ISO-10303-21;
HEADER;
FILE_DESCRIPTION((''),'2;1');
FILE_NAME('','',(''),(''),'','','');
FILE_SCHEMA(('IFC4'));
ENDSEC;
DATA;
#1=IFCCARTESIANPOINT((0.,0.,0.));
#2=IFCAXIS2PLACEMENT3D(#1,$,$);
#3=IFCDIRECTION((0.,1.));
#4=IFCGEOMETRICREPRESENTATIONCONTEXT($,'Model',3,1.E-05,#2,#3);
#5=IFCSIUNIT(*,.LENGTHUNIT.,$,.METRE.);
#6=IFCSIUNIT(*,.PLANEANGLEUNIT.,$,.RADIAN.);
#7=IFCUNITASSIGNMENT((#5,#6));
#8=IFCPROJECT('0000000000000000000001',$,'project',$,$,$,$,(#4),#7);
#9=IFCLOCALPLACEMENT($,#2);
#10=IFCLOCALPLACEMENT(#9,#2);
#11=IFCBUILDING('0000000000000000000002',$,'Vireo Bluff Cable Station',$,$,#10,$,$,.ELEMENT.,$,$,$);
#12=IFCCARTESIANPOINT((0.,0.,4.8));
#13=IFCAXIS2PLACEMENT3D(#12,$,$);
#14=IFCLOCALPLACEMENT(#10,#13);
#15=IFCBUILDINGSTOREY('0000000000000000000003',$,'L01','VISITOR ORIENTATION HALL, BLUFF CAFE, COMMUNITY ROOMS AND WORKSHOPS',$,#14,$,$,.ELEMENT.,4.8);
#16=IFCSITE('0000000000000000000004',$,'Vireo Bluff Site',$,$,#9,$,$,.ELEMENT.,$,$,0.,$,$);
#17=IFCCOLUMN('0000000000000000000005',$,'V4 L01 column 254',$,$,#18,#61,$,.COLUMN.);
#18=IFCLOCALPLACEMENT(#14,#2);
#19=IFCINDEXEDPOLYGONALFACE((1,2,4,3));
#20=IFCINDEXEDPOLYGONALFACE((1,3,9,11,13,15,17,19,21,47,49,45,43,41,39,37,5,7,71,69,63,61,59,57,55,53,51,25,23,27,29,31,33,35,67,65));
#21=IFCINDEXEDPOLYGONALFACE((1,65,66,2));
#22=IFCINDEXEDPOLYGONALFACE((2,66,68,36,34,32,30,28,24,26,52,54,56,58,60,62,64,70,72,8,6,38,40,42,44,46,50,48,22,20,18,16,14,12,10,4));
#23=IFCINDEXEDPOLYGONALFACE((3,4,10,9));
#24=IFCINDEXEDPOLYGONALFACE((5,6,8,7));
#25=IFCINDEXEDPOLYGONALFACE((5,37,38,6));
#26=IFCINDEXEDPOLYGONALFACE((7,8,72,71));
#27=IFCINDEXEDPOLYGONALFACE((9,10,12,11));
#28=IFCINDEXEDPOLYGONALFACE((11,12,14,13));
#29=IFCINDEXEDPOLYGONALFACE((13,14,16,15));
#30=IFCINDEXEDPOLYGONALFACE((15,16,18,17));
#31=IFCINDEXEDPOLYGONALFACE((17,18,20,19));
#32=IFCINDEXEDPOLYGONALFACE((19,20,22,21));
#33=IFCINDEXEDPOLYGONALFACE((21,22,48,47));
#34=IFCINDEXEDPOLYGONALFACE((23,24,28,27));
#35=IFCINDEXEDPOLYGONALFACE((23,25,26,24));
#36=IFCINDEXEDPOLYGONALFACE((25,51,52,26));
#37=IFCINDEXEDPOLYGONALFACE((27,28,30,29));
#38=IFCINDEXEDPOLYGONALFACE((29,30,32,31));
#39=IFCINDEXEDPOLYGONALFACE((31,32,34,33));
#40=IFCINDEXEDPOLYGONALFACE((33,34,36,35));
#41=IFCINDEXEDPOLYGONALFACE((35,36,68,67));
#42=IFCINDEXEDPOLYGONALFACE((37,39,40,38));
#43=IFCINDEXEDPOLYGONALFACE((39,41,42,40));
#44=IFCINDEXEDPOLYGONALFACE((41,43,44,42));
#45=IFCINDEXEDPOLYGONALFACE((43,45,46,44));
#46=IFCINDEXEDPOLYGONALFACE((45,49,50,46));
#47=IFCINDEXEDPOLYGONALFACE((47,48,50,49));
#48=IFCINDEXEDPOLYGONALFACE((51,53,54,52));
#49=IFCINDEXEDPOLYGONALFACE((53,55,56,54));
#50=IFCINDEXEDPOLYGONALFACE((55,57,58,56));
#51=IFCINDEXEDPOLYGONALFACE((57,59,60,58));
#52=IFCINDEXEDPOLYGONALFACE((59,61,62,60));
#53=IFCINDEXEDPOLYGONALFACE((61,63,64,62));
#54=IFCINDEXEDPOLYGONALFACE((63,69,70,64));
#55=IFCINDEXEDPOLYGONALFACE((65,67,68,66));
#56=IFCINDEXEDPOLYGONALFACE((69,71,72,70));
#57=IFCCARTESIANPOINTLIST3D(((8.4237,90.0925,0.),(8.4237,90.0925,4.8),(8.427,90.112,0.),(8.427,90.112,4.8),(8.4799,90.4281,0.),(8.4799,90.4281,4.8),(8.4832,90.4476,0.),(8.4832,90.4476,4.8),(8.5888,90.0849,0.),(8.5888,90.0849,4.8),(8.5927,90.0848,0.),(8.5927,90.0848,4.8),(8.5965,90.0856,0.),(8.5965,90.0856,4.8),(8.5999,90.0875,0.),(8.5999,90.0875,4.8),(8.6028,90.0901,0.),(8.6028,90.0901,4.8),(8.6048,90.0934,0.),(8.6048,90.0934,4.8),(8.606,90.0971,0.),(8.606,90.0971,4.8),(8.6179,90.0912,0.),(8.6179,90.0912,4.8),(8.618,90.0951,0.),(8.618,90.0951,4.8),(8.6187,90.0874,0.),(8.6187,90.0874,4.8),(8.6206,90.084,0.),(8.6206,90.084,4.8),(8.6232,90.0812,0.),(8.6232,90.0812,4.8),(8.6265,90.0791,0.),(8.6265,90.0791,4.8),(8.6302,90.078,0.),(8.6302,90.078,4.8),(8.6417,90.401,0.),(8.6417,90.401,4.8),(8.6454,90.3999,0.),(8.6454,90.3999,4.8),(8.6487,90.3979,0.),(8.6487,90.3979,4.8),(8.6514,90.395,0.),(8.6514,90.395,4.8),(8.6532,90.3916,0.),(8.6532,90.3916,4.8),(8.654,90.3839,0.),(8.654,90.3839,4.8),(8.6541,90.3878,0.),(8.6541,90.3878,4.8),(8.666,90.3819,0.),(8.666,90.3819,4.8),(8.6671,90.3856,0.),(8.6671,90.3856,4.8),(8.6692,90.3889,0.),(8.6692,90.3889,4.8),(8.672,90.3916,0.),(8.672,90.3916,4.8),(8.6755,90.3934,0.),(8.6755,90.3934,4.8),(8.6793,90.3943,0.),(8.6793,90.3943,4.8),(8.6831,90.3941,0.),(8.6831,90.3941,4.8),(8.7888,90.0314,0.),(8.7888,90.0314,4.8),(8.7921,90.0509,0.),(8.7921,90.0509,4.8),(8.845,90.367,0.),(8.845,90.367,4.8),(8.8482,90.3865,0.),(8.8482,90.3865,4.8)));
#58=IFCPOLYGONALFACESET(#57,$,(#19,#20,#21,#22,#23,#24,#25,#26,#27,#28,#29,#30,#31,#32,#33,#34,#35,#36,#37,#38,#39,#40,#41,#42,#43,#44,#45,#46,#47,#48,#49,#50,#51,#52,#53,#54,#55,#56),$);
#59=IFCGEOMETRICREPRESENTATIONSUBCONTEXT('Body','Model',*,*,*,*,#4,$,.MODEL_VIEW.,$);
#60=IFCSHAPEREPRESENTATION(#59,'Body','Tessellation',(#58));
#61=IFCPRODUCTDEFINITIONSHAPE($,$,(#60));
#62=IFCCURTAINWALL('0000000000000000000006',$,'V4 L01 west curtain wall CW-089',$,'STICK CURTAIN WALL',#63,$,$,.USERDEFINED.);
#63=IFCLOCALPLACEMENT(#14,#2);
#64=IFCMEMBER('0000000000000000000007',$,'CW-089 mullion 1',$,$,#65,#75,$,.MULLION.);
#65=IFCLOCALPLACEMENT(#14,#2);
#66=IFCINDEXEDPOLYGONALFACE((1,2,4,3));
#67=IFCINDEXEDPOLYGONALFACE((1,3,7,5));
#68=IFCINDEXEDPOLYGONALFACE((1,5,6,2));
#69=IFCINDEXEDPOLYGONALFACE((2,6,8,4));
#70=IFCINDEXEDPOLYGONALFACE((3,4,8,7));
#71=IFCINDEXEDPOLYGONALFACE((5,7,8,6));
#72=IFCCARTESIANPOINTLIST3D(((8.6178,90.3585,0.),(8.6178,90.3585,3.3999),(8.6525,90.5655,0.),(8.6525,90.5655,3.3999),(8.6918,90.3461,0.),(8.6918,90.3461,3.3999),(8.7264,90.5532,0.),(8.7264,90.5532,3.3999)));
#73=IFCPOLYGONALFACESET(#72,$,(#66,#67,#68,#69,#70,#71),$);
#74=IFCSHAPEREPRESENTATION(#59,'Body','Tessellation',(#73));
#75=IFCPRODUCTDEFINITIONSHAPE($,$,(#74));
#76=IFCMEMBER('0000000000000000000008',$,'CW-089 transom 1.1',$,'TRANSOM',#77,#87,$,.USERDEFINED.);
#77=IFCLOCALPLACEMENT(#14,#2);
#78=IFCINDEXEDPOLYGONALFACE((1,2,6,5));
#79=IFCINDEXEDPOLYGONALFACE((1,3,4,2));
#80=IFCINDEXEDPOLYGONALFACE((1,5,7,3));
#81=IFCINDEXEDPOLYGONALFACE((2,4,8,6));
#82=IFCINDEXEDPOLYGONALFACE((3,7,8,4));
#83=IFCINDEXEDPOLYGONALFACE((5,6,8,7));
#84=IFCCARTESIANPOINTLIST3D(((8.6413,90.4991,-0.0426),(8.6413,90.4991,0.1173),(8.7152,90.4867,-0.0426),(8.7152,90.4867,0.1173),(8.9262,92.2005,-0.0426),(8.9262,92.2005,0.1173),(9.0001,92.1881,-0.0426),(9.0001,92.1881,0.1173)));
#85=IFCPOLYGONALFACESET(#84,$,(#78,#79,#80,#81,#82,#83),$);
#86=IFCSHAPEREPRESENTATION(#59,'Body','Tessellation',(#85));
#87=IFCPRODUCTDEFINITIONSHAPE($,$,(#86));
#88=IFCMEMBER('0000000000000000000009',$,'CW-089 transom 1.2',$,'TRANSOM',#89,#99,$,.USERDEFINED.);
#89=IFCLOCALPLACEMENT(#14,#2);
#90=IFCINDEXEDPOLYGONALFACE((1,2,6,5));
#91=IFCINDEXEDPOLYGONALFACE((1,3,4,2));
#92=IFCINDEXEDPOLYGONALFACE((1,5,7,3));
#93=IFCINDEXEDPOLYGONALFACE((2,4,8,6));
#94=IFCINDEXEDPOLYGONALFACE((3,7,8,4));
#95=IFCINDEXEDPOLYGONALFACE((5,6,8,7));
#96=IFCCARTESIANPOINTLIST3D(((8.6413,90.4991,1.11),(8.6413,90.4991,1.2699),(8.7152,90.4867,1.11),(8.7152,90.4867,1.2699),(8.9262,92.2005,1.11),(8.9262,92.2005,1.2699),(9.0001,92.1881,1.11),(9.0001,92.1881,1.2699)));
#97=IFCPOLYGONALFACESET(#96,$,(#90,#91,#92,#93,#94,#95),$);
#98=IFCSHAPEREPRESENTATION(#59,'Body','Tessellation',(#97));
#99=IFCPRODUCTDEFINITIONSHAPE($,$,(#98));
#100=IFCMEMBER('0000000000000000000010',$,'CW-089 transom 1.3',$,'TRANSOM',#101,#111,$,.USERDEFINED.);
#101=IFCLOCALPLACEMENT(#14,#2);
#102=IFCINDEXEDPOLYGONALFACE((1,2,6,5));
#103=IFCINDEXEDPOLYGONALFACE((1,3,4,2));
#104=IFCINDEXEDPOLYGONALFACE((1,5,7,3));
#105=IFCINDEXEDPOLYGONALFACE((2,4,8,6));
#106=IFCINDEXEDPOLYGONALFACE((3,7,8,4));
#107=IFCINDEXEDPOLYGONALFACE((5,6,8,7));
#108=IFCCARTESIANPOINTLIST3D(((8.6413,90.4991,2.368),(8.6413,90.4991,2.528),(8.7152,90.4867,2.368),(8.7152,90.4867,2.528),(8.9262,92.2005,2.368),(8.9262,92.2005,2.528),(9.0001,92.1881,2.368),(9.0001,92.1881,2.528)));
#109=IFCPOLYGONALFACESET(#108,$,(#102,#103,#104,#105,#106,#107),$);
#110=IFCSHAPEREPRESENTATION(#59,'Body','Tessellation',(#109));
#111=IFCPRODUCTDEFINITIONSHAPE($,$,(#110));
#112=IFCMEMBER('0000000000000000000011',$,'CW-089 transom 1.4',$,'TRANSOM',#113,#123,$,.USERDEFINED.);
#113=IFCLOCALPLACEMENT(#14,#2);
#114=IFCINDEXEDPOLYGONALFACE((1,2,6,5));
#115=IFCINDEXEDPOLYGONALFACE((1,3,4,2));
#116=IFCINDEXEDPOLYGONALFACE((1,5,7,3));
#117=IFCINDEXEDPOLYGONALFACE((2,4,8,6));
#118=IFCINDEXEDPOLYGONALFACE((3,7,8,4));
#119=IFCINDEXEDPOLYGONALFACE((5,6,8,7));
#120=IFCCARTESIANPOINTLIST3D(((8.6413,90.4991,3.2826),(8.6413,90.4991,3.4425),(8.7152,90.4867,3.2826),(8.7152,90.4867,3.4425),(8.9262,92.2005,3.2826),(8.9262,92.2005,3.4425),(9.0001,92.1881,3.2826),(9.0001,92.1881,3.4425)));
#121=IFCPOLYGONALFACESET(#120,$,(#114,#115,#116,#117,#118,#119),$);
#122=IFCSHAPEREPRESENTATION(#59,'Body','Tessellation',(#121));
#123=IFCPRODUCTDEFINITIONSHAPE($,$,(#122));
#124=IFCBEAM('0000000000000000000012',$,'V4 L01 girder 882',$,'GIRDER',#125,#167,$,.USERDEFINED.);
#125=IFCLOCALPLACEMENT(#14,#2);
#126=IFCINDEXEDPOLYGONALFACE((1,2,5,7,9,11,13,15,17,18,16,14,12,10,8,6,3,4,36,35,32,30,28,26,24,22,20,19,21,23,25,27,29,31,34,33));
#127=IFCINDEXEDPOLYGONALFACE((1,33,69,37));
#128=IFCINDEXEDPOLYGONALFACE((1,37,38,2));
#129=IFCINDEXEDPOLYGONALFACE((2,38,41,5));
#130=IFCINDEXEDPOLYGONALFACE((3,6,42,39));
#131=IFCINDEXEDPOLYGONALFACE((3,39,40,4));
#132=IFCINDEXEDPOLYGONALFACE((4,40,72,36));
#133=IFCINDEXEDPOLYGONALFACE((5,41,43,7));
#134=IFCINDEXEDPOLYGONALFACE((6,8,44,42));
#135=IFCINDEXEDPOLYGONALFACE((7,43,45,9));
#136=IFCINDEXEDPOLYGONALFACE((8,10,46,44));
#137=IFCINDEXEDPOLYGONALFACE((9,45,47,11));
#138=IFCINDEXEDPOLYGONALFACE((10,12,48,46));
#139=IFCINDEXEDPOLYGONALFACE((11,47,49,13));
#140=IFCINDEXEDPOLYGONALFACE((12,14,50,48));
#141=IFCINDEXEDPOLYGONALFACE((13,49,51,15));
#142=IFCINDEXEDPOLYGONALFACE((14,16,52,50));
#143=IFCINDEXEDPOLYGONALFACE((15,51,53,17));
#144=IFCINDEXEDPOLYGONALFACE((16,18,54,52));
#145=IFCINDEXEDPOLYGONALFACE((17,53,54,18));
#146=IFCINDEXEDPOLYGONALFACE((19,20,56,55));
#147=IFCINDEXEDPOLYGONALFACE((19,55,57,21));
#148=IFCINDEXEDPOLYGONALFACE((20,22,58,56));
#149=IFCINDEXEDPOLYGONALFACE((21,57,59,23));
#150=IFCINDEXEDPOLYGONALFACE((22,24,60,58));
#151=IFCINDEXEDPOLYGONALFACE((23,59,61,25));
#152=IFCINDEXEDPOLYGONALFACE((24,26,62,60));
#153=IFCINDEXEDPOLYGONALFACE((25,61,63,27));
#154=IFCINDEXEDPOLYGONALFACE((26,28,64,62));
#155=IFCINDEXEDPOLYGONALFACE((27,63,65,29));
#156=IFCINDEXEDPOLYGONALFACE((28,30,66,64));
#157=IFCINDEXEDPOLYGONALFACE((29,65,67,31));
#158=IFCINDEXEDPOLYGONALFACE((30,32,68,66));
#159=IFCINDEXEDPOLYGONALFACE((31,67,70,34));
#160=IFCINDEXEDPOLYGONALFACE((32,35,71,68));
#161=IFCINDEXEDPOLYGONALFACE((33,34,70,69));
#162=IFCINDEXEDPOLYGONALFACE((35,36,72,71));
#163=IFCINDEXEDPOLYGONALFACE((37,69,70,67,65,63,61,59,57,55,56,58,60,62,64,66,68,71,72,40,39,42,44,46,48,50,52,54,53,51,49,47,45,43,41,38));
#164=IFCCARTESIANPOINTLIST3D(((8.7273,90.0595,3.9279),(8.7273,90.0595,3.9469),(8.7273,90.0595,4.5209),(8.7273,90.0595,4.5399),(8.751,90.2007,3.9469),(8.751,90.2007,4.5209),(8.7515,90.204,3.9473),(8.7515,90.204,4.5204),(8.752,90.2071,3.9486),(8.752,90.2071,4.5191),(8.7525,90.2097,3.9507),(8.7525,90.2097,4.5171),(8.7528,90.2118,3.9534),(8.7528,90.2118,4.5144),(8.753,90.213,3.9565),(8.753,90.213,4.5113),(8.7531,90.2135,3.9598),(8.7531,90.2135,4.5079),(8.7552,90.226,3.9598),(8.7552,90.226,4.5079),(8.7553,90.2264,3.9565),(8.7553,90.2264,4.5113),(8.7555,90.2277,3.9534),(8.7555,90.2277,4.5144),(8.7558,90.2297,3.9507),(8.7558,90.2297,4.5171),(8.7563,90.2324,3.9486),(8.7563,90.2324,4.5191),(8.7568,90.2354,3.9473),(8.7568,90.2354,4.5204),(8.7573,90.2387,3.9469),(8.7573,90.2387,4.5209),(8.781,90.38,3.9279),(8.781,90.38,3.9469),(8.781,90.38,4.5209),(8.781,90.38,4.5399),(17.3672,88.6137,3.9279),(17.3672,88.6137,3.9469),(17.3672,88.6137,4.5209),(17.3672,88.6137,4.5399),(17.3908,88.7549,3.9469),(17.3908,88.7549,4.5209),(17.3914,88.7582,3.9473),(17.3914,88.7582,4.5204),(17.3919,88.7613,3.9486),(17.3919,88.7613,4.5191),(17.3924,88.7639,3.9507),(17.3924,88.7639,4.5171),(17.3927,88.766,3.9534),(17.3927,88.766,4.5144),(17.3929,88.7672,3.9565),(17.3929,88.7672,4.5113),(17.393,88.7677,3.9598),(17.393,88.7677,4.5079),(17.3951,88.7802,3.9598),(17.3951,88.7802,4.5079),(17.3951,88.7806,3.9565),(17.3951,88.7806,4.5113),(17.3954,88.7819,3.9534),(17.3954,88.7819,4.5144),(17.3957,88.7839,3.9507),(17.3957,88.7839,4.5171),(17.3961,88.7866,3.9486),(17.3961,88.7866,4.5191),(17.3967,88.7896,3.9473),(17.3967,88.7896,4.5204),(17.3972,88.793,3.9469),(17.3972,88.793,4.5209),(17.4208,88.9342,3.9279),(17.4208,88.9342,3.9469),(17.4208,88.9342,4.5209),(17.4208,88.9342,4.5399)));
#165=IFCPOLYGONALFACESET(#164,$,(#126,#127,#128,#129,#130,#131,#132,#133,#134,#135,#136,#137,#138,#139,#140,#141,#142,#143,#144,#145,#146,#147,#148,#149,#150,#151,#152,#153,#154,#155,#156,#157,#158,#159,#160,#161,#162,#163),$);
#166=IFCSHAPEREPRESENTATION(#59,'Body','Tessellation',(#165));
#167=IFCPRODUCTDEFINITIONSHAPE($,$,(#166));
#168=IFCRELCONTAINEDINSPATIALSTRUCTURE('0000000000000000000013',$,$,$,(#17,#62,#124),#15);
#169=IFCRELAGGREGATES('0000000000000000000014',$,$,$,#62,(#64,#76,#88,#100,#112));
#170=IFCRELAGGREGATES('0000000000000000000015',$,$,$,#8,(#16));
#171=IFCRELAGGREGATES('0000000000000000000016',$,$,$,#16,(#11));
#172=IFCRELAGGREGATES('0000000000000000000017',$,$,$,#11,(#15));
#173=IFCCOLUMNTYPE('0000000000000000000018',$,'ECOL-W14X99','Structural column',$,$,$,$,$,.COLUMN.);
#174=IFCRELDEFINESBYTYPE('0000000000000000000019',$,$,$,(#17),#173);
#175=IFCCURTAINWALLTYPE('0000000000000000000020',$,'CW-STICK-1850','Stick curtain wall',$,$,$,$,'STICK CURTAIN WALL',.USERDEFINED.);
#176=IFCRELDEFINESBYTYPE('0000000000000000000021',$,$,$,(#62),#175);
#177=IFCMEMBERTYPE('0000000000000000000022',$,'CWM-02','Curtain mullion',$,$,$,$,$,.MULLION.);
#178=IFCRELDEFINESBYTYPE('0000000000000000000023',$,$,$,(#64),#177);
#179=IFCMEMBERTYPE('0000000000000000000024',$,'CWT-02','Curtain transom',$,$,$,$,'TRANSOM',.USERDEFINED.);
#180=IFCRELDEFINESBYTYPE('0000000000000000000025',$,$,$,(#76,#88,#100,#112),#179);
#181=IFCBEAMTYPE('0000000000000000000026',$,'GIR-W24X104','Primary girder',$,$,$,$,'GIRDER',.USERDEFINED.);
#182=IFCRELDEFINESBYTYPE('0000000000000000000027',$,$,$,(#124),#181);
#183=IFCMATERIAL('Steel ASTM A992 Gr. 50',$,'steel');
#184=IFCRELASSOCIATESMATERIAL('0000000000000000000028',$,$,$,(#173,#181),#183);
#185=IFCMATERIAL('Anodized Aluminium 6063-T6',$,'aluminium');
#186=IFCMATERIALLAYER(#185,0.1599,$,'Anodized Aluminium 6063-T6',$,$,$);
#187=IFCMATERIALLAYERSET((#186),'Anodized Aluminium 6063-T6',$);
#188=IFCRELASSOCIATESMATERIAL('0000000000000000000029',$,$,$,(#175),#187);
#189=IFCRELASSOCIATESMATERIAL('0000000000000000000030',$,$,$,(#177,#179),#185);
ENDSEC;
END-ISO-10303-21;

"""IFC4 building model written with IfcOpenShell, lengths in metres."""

from ifc_helpers import new_model, si_unit, direction, frame, origin, origin_2d, place, context, subcontext, project, spatial, rectangle, i_section, extrude, material, layer, layer_set, material_profile, profile_set, type_object, element, aggregate, save


model = new_model("IFC4")

# Units and contexts
model_context = context("Model", 3, precision=1e-05, world=origin(), true_north=direction((0.0, 1.0)))
body_context = subcontext(model_context, "Body", "Model", "MODEL_VIEW")
ifc_project = project(units=[si_unit("LENGTHUNIT", "METRE"), si_unit("PLANEANGLEUNIT", "RADIAN")], contexts=[model_context])

# Site, building, storey
site_placement = place(None, origin())
site = spatial("IfcSite", under=ifc_project, at=site_placement, Name="Vireo Bluff Site", CompositionType="ELEMENT", RefElevation=0.0)
building_placement = place(site_placement, origin())
building = spatial("IfcBuilding", under=site, at=building_placement, Name="Vireo Bluff Cable Station", CompositionType="ELEMENT")
storey_placement = place(building_placement, frame((0.0, 0.0, 4.8)))
storey = spatial("IfcBuildingStorey", under=building, at=storey_placement, Name="L01", Description="VISITOR ORIENTATION HALL, BLUFF CAFE, COMMUNITY ROOMS AND WORKSHOPS", CompositionType="ELEMENT", Elevation=4.8)

# Column
ifc_material_1 = material(Name="Steel ASTM A992 Gr. 50", Category="steel")
ifc_material_profile_1 = material_profile(ifc_material_1, i_section(OverallWidth=0.3701, OverallDepth=0.3601, WebThickness=0.0122, FlangeThickness=0.0198, FilletRadius=0.0149, at=origin_2d()), Name="W14X99")
ifc_profile_set_1 = profile_set([ifc_material_profile_1], Name="Steel ASTM A992 Gr. 50")
column_type = type_object("IfcColumnType", Name="ECOL-W14X99", Description="Structural column", PredefinedType="COLUMN", material=ifc_profile_set_1)
column_placement = place(storey_placement, frame((8.636, 90.2395, 0.0), z_axis=(0.0, 0.0, 1.0), x_axis=(0.986286, -0.165048, 0.0)))
element("IfcColumn", 1, at=column_placement, inside=storey, type_object=column_type, Name="V4 L01 column 254", PredefinedType="COLUMN", context=body_context, shape_type="SweptSolid", body=[
    extrude(i_section(OverallWidth=0.3701, OverallDepth=0.3601, WebThickness=0.0122, FlangeThickness=0.0198, FilletRadius=0.0149, at=origin_2d()), origin(), (0.0, 0.0, 1.0), 4.8),
])

# Curtain wall, members
ifc_material_2 = material(Name="Anodized Aluminium 6063-T6", Category="aluminium")
ifc_layer_1 = layer(ifc_material_2, 0.1599, Name="Anodized Aluminium 6063-T6")
ifc_layer_set_1 = layer_set([ifc_layer_1], Name="Anodized Aluminium 6063-T6")
curtain_wall_type = type_object("IfcCurtainWallType", Name="CW-STICK-1850", Description="Stick curtain wall", ElementType="STICK CURTAIN WALL", PredefinedType="USERDEFINED", material=ifc_layer_set_1)
curtain_wall_placement = place(storey_placement, origin())
curtain_wall = element("IfcCurtainWall", 2, at=curtain_wall_placement, inside=storey, type_object=curtain_wall_type, Name="V4 L01 west curtain wall CW-089", ObjectType="STICK CURTAIN WALL", PredefinedType="USERDEFINED")
ifc_material_profile_2 = material_profile(ifc_material_2, rectangle(XDim=0.075, YDim=0.21, at=origin_2d()), Name="ALU-M-75X210")
ifc_profile_set_2 = profile_set([ifc_material_profile_2], Name="Anodized Aluminium 6063-T6")
member_type_1 = type_object("IfcMemberType", Name="CWM-02", Description="Curtain mullion", PredefinedType="MULLION", material=ifc_profile_set_2)
member_1_placement = place(storey_placement, frame((8.6721, 90.4558, 0.0), z_axis=(0.0, 0.0, 1.0), x_axis=(-0.986286, 0.165048, 0.0)))
member_1 = element("IfcMember", 3, at=member_1_placement, type_object=member_type_1, Name="CW-089 mullion 1", PredefinedType="MULLION", context=body_context, shape_type="SweptSolid", body=[
    extrude(rectangle(XDim=0.075, YDim=0.21, at=origin_2d()), origin(), (0.0, 0.0, 1.0), 3.3999),
])
ifc_material_profile_3 = material_profile(ifc_material_2, rectangle(XDim=0.075, YDim=0.1599, at=origin_2d()), Name="ALU-T-75X160")
ifc_profile_set_3 = profile_set([ifc_material_profile_3], Name="Anodized Aluminium 6063-T6")
member_type_2 = type_object("IfcMemberType", Name="CWT-02", Description="Curtain transom", ElementType="TRANSOM", PredefinedType="USERDEFINED", material=ifc_profile_set_3)
member_2_placement = place(storey_placement, frame((8.6782, 90.4929, 0.0374), z_axis=(0.165156, 0.986267, 0.0), x_axis=(-0.986267, 0.165156, 0.0)))
member_2 = element("IfcMember", 4, at=member_2_placement, type_object=member_type_2, Name="CW-089 transom 1.1", ObjectType="TRANSOM", PredefinedType="USERDEFINED", context=body_context, shape_type="SweptSolid", body=[
    extrude(rectangle(XDim=0.075, YDim=0.1599, at=origin_2d()), origin(), (0.0, 0.0, 1.0), 1.7251),
])
member_3_placement = place(storey_placement, frame((8.6782, 90.4929, 1.1899), z_axis=(0.165156, 0.986267, 0.0), x_axis=(-0.986267, 0.165156, 0.0)))
member_3 = element("IfcMember", 5, at=member_3_placement, type_object=member_type_2, Name="CW-089 transom 1.2", ObjectType="TRANSOM", PredefinedType="USERDEFINED", context=body_context, shape_type="SweptSolid", body=[
    extrude(rectangle(XDim=0.075, YDim=0.1599, at=origin_2d()), origin(), (0.0, 0.0, 1.0), 1.7251),
])
member_4_placement = place(storey_placement, frame((8.6782, 90.4929, 2.448), z_axis=(0.165156, 0.986267, 0.0), x_axis=(-0.986267, 0.165156, 0.0)))
member_4 = element("IfcMember", 6, at=member_4_placement, type_object=member_type_2, Name="CW-089 transom 1.3", ObjectType="TRANSOM", PredefinedType="USERDEFINED", context=body_context, shape_type="SweptSolid", body=[
    extrude(rectangle(XDim=0.075, YDim=0.1599, at=origin_2d()), origin(), (0.0, 0.0, 1.0), 1.7251),
])
member_5_placement = place(storey_placement, frame((8.6782, 90.4929, 3.3625), z_axis=(0.165156, 0.986267, 0.0), x_axis=(-0.986267, 0.165156, 0.0)))
member_5 = element("IfcMember", 7, at=member_5_placement, type_object=member_type_2, Name="CW-089 transom 1.4", ObjectType="TRANSOM", PredefinedType="USERDEFINED", context=body_context, shape_type="SweptSolid", body=[
    extrude(rectangle(XDim=0.075, YDim=0.1599, at=origin_2d()), origin(), (0.0, 0.0, 1.0), 1.7251),
])
aggregate(curtain_wall, [member_1, member_2, member_3, member_4, member_5])

# Beam
ifc_material_profile_4 = material_profile(ifc_material_1, i_section(OverallWidth=0.325, OverallDepth=0.6121, WebThickness=0.0127, FlangeThickness=0.019, FilletRadius=0.0129, at=origin_2d()), Name="W24X104")
ifc_profile_set_4 = profile_set([ifc_material_profile_4], Name="Steel ASTM A992 Gr. 50")
beam_type_1 = type_object("IfcBeamType", Name="GIR-W24X104", Description="Primary girder", ElementType="GIRDER", PredefinedType="USERDEFINED", material=ifc_profile_set_4)
beam_1_placement = place(storey_placement, frame((8.7542, 90.2197, 4.2339), z_axis=(0.986286, -0.165045, 0.0), x_axis=(0.165045, 0.986286, 0.0)))
element("IfcBeam", 8, at=beam_1_placement, inside=storey, type_object=beam_type_1, Name="V4 L01 girder 882", ObjectType="GIRDER", PredefinedType="USERDEFINED", context=body_context, shape_type="SweptSolid", body=[
    extrude(i_section(OverallWidth=0.325, OverallDepth=0.6121, WebThickness=0.0127, FlangeThickness=0.019, FilletRadius=0.0129, at=origin_2d()), origin(), (0.0, 0.0, 1.0), 8.76),
])

save(model, "model.ifc")
